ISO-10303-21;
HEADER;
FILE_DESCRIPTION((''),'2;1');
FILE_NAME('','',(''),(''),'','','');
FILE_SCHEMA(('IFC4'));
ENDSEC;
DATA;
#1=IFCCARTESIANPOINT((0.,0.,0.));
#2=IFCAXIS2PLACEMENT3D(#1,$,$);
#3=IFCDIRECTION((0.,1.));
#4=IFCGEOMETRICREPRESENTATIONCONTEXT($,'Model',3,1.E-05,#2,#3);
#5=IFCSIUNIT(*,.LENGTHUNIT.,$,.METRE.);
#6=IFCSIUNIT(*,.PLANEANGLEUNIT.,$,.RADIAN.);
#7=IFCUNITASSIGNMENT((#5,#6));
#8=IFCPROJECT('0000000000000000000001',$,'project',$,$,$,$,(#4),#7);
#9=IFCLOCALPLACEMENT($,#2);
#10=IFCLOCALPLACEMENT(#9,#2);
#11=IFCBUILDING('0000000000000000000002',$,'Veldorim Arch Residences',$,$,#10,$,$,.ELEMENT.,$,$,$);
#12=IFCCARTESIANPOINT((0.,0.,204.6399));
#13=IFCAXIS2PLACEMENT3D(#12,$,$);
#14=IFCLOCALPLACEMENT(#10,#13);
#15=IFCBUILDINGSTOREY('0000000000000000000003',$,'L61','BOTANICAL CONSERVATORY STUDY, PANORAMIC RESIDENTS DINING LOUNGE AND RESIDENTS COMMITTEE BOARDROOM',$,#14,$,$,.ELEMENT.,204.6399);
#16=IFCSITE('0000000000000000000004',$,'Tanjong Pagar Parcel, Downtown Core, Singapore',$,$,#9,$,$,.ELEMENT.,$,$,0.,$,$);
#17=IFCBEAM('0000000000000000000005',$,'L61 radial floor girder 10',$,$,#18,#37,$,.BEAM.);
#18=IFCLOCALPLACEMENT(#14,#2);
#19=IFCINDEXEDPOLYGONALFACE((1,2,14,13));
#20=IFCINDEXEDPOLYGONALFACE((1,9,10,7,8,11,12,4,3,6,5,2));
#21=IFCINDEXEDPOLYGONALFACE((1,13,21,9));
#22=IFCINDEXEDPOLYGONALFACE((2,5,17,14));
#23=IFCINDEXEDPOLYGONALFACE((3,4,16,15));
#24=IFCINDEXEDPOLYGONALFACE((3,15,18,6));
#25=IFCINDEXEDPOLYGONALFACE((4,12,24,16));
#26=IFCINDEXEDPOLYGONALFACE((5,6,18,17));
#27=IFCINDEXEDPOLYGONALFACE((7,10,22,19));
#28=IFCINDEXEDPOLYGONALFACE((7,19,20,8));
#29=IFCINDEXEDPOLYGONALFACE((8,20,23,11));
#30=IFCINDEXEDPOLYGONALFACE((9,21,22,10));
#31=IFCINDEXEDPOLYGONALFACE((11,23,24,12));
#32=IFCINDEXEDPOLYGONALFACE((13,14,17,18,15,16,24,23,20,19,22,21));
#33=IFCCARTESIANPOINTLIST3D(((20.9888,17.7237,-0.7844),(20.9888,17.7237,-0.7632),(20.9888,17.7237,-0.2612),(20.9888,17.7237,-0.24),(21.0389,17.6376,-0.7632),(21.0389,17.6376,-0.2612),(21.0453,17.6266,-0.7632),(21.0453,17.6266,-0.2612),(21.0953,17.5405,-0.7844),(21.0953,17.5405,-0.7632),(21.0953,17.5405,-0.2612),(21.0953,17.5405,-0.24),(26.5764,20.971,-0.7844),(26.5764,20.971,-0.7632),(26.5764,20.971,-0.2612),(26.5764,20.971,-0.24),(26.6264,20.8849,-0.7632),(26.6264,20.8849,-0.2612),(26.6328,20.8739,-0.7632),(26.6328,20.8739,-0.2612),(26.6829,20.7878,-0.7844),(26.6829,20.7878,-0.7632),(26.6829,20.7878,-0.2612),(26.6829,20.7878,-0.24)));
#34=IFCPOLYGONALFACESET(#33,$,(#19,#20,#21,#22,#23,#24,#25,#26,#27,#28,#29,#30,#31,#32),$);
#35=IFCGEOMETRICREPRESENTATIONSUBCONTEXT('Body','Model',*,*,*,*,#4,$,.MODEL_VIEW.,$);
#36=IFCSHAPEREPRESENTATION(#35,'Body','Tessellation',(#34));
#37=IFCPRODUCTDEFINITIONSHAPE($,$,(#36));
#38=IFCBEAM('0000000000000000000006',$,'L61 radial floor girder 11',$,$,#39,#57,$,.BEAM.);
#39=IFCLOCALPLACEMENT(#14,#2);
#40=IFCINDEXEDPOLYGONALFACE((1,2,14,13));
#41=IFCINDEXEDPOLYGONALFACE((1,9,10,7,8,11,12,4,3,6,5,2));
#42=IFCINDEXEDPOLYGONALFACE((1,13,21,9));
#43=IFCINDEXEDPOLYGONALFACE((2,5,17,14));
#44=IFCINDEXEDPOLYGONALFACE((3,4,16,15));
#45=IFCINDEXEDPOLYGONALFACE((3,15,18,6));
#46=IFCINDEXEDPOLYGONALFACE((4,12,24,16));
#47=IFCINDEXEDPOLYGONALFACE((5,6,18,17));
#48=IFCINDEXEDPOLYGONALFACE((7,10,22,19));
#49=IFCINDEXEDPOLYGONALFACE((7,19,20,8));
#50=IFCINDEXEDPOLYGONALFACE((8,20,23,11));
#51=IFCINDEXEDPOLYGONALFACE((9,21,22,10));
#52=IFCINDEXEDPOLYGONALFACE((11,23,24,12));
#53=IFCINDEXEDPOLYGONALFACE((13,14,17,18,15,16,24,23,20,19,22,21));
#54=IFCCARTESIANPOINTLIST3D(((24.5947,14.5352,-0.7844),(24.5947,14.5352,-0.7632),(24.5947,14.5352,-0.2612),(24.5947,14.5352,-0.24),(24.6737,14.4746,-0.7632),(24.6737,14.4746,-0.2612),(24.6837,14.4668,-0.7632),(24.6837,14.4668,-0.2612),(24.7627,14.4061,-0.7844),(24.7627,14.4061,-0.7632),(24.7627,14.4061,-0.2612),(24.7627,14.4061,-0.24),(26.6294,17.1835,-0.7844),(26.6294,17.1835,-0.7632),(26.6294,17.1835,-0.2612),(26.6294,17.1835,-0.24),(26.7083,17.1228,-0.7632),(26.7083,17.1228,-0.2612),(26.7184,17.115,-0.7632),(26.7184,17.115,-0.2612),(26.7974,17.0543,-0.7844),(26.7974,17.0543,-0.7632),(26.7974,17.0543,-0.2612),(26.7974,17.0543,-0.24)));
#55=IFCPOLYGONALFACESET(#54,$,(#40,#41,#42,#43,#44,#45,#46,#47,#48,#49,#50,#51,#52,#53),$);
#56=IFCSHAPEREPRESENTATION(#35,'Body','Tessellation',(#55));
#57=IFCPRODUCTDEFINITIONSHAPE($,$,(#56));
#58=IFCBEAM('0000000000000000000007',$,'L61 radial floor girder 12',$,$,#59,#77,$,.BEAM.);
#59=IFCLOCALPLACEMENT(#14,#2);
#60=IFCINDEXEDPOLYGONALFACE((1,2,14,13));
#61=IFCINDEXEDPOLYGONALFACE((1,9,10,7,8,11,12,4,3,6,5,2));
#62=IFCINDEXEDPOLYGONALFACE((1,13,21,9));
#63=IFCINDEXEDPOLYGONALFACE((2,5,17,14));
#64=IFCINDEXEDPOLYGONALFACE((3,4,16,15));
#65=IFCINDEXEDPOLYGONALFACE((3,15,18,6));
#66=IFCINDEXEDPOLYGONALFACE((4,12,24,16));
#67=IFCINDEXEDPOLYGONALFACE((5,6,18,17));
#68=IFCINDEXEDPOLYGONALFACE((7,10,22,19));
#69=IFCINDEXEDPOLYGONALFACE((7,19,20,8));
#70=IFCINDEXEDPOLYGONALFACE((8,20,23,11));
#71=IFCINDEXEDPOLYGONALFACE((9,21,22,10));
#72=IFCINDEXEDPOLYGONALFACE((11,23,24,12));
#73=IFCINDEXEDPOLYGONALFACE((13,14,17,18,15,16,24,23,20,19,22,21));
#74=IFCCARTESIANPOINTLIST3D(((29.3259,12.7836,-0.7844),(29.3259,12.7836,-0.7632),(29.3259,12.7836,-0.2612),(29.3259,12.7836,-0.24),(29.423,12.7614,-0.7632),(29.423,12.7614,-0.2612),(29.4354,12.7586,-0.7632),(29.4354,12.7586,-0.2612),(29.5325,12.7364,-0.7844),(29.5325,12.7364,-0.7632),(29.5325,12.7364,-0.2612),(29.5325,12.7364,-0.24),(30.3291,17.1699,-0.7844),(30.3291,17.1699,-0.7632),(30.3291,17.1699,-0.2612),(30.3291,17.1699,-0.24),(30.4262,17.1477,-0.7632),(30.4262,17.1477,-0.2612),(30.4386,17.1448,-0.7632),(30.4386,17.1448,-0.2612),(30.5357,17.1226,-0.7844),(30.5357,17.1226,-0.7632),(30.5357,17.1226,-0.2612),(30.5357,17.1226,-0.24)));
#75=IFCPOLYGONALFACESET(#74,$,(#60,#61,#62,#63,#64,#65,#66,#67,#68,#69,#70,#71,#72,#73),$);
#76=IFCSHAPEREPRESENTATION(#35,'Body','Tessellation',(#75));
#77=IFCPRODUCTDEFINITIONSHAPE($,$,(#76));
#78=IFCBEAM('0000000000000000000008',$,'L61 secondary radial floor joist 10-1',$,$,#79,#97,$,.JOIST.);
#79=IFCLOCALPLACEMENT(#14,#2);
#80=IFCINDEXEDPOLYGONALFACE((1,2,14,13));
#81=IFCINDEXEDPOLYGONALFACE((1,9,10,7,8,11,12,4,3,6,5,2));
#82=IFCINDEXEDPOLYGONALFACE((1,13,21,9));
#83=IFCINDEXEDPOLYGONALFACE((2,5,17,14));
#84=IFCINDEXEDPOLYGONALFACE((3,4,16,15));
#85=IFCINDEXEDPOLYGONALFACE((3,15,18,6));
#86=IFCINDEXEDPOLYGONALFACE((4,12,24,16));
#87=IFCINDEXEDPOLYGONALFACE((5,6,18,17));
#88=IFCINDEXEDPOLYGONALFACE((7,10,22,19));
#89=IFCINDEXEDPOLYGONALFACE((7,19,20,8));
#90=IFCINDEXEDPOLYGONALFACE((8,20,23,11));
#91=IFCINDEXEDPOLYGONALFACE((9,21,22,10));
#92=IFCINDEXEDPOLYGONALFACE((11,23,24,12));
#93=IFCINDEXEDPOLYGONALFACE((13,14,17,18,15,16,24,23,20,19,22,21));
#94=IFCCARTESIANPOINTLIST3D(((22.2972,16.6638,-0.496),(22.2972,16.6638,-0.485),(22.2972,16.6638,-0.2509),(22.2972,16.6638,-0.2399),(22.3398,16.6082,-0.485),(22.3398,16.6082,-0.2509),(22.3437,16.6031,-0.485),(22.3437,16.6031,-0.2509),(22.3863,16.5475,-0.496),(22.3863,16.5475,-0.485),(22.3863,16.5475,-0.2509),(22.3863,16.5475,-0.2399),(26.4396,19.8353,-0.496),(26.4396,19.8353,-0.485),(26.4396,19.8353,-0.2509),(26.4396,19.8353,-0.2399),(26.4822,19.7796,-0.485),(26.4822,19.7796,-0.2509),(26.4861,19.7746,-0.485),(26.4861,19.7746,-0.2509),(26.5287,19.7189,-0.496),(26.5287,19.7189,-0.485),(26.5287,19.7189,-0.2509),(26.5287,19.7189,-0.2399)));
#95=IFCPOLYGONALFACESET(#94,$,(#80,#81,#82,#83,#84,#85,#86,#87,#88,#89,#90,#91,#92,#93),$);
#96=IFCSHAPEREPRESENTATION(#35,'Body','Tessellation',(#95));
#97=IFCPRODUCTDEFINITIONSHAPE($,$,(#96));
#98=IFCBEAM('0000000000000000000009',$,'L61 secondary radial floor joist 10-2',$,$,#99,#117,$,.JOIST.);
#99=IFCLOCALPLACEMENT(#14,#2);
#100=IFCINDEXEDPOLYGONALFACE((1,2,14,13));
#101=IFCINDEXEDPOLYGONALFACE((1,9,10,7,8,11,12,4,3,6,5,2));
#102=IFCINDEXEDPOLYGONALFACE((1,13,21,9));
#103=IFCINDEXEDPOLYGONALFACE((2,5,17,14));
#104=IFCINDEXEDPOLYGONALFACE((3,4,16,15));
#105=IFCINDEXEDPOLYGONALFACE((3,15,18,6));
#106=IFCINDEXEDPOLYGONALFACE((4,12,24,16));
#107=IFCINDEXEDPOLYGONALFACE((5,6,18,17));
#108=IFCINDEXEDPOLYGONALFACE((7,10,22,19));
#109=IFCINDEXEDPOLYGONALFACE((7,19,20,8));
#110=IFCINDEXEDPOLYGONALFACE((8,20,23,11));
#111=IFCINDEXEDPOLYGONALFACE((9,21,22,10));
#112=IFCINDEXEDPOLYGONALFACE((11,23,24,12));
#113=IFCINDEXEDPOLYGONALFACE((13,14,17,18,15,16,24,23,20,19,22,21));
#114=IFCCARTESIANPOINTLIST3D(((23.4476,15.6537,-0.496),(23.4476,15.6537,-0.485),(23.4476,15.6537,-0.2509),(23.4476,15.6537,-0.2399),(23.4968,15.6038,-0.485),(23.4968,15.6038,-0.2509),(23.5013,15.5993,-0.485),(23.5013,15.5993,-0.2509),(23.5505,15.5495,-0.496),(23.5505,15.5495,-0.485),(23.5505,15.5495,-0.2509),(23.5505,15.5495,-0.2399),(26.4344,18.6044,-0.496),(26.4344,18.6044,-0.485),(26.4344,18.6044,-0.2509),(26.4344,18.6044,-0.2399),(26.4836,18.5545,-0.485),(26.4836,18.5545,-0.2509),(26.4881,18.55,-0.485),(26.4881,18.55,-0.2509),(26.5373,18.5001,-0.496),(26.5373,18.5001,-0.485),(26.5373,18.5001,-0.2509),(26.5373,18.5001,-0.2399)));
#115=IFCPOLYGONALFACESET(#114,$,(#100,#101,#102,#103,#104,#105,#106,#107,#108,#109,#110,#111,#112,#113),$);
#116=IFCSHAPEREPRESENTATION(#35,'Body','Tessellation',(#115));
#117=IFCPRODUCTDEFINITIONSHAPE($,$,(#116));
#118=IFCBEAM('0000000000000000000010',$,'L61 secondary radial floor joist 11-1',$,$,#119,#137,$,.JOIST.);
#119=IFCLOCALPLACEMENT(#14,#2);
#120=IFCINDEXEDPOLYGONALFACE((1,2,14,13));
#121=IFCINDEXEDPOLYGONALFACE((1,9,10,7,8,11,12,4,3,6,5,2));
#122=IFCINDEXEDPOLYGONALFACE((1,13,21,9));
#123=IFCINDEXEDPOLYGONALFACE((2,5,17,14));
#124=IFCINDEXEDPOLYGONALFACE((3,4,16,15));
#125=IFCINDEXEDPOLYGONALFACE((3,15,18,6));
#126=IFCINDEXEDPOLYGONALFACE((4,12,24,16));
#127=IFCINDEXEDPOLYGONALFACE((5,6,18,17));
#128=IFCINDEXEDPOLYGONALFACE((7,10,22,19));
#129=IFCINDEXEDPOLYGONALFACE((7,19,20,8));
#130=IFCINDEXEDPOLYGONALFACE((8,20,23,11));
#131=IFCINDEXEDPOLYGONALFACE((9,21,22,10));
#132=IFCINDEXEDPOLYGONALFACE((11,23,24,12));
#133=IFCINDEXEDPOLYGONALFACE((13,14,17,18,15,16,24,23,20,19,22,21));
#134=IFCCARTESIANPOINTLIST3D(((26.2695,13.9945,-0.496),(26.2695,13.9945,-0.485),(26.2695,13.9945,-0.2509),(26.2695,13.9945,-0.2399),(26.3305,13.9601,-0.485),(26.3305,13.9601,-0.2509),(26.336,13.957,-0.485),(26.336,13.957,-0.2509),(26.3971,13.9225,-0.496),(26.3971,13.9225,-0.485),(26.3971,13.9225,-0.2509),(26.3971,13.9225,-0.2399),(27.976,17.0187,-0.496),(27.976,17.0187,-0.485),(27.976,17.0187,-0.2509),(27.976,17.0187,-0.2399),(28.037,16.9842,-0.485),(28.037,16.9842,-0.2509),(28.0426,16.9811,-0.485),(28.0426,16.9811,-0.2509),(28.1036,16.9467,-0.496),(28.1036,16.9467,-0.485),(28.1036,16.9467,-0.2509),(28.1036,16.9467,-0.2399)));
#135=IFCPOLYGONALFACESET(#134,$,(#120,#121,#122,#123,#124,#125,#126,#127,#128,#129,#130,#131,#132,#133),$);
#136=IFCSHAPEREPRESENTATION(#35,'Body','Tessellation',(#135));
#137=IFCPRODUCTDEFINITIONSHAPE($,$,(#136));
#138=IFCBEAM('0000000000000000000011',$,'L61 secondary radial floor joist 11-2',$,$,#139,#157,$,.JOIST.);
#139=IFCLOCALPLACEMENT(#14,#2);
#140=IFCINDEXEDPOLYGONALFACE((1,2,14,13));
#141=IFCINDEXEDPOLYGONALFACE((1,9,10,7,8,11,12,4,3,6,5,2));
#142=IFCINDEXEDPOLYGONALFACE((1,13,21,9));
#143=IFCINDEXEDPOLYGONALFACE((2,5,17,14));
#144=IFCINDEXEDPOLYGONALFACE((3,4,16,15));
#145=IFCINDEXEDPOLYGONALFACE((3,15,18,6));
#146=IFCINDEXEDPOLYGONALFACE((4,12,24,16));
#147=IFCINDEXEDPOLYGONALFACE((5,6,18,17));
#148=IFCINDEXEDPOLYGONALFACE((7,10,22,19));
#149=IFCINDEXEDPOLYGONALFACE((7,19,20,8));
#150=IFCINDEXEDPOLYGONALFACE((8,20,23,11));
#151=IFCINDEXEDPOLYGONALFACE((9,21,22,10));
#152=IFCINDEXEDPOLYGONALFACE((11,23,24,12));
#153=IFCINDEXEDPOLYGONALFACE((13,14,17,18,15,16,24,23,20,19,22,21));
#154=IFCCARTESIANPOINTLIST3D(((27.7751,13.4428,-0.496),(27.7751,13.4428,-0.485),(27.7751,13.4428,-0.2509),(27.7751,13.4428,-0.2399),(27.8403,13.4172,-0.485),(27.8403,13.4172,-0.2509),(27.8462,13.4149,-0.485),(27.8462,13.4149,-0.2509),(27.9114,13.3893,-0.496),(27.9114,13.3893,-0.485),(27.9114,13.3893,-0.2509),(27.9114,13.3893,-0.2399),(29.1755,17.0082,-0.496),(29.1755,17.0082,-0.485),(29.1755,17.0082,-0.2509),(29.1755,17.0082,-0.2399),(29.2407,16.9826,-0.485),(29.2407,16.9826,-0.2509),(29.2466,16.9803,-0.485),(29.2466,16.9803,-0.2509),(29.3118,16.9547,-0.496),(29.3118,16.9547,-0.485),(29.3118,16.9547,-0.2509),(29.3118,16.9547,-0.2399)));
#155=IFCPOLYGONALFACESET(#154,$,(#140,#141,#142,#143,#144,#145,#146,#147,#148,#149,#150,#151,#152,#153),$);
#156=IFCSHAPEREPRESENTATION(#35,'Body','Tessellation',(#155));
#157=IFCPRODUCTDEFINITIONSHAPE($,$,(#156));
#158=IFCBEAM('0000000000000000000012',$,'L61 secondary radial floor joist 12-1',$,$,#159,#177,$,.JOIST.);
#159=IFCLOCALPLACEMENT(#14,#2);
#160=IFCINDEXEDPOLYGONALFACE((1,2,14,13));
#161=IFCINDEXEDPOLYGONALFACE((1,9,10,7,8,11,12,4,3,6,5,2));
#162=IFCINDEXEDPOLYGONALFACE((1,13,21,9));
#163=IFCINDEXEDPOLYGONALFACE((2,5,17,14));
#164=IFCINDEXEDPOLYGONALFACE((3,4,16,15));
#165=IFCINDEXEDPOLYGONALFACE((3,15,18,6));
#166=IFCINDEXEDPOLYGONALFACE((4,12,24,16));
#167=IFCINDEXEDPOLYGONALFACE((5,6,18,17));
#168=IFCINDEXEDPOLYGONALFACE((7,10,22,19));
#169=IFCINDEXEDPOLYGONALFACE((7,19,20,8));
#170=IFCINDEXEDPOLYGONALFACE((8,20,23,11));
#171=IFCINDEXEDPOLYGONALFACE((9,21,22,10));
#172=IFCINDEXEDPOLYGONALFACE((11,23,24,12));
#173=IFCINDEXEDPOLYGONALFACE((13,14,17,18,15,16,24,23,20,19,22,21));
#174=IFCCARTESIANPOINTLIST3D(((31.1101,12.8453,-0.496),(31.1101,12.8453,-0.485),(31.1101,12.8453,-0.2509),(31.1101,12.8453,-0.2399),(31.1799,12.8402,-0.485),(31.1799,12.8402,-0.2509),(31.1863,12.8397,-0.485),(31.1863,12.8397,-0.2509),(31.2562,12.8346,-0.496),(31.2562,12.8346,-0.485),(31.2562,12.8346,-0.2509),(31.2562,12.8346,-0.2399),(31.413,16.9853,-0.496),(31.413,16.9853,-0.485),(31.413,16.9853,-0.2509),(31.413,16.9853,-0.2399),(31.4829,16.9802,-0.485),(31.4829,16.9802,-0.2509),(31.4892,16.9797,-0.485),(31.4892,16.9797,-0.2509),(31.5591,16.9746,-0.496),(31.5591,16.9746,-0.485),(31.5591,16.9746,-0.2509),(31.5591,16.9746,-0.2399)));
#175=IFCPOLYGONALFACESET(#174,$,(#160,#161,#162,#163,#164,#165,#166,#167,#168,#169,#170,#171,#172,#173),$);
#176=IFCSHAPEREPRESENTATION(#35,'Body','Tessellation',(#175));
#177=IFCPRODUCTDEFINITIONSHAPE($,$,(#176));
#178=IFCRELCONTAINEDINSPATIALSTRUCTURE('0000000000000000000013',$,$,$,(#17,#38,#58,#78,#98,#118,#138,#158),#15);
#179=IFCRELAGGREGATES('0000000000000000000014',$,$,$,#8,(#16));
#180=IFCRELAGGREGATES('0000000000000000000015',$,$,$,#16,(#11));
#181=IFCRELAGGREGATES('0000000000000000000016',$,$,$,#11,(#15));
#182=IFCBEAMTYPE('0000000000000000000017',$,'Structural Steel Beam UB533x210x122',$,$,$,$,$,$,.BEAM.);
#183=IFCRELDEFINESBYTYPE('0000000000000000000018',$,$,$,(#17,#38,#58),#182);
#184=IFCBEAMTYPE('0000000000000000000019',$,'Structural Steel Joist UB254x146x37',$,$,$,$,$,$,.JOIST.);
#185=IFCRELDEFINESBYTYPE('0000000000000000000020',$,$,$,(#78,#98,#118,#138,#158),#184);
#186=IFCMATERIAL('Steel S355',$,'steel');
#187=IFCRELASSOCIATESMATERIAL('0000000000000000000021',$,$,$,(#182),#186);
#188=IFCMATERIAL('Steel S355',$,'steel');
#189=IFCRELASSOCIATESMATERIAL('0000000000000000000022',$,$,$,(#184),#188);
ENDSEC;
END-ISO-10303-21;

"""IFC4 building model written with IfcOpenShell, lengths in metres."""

from ifc_helpers import new_model, si_unit, direction, frame, origin, origin_2d, place, context, subcontext, project, spatial, i_section, extrude, material, material_profile, profile_set, type_object, element, save


model = new_model("IFC4")

# Units and contexts
model_context = context("Model", 3, precision=1e-05, world=origin(), true_north=direction((0.0, 1.0)))
body_context = subcontext(model_context, "Body", "Model", "MODEL_VIEW")
ifc_project = project(units=[si_unit("LENGTHUNIT", "METRE"), si_unit("PLANEANGLEUNIT", "RADIAN")], contexts=[model_context])

# Site, building, storey
site_placement = place(None, origin())
site = spatial("IfcSite", under=ifc_project, at=site_placement, Name="Tanjong Pagar Parcel, Downtown Core, Singapore", CompositionType="ELEMENT", RefElevation=0.0)
building_placement = place(site_placement, origin())
building = spatial("IfcBuilding", under=site, at=building_placement, Name="Veldorim Arch Residences", CompositionType="ELEMENT")
storey_placement = place(building_placement, frame((0.0, 0.0, 204.6399)))
storey = spatial("IfcBuildingStorey", under=building, at=storey_placement, Name="L61", Description="BOTANICAL CONSERVATORY STUDY, PANORAMIC RESIDENTS DINING LOUNGE AND RESIDENTS COMMITTEE BOARDROOM", CompositionType="ELEMENT", Elevation=204.6399)

# Beams
ifc_material_1 = material(Name="Steel S355", Category="steel")
ifc_material_profile_1 = material_profile(ifc_material_1, i_section(OverallWidth=0.2119, OverallDepth=0.5444, WebThickness=0.0127, FlangeThickness=0.0212, at=origin_2d()), Name="UB533x210x122")
ifc_profile_set_1 = profile_set([ifc_material_profile_1], Name="Steel S355")
beam_type_1 = type_object("IfcBeamType", Name="Structural Steel Beam UB533x210x122", PredefinedType="BEAM", material=ifc_profile_set_1)
beam_1_placement = place(storey_placement, frame((26.6296, 20.8794, -0.5122), z_axis=(-0.864596, -0.502468, 0.0), x_axis=(0.502468, -0.864596, 0.0)))
element("IfcBeam", 1, at=beam_1_placement, inside=storey, type_object=beam_type_1, Name="L61 radial floor girder 10", PredefinedType="BEAM", context=body_context, shape_type="SweptSolid", body=[
    extrude(i_section(OverallWidth=0.2119, OverallDepth=0.5444, WebThickness=0.0127, FlangeThickness=0.0212, at=origin_2d()), origin(), (0.0, 0.0, 1.0), 6.4626),
])
beam_2_placement = place(storey_placement, frame((26.7134, 17.1189, -0.5122), z_axis=(-0.609258, -0.792972, 0.0), x_axis=(0.792972, -0.609258, 0.0)))
element("IfcBeam", 2, at=beam_2_placement, inside=storey, type_object=beam_type_1, Name="L61 radial floor girder 11", PredefinedType="BEAM", context=body_context, shape_type="SweptSolid", body=[
    extrude(i_section(OverallWidth=0.2119, OverallDepth=0.5444, WebThickness=0.0127, FlangeThickness=0.0212, at=origin_2d()), origin(), (0.0, 0.0, 1.0), 3.3396),
])
beam_3_placement = place(storey_placement, frame((30.4324, 17.1462, -0.5122), z_axis=(-0.222953, -0.974829, 0.0), x_axis=(0.974829, -0.222953, 0.0)))
element("IfcBeam", 3, at=beam_3_placement, inside=storey, type_object=beam_type_1, Name="L61 radial floor girder 12", PredefinedType="BEAM", context=body_context, shape_type="SweptSolid", body=[
    extrude(i_section(OverallWidth=0.2119, OverallDepth=0.5444, WebThickness=0.0127, FlangeThickness=0.0212, at=origin_2d()), origin(), (0.0, 0.0, 1.0), 4.4995),
])
ifc_material_2 = material(Name="Steel S355", Category="steel")
ifc_material_profile_2 = material_profile(ifc_material_2, i_section(OverallWidth=0.1465, OverallDepth=0.2561, WebThickness=0.0063, FlangeThickness=0.011, at=origin_2d()), Name="UB254x146x37")
ifc_profile_set_2 = profile_set([ifc_material_profile_2], Name="Steel S355")
beam_type_2 = type_object("IfcBeamType", Name="Structural Steel Joist UB254x146x37", PredefinedType="JOIST", material=ifc_profile_set_2)
beam_4_placement = place(storey_placement, frame((26.4841, 19.7771, -0.3679), z_axis=(-0.794014, -0.6079, 0.0), x_axis=(0.6079, -0.794014, 0.0)))
element("IfcBeam", 4, at=beam_4_placement, inside=storey, type_object=beam_type_2, Name="L61 secondary radial floor joist 10-1", PredefinedType="JOIST", context=body_context, shape_type="SweptSolid", body=[
    extrude(i_section(OverallWidth=0.1465, OverallDepth=0.2561, WebThickness=0.0063, FlangeThickness=0.011, at=origin_2d()), origin(), (0.0, 0.0, 1.0), 5.217),
])
beam_5_placement = place(storey_placement, frame((26.4858, 18.5522, -0.3679), z_axis=(-0.711397, -0.702791, 0.0), x_axis=(0.702791, -0.711397, 0.0)))
element("IfcBeam", 5, at=beam_5_placement, inside=storey, type_object=beam_type_2, Name="L61 secondary radial floor joist 10-2", PredefinedType="JOIST", context=body_context, shape_type="SweptSolid", body=[
    extrude(i_section(OverallWidth=0.1465, OverallDepth=0.2561, WebThickness=0.0063, FlangeThickness=0.011, at=origin_2d()), origin(), (0.0, 0.0, 1.0), 4.1985),
])
beam_6_placement = place(storey_placement, frame((28.0398, 16.9827, -0.3679), z_axis=(-0.491452, -0.870904, 0.0), x_axis=(0.870904, -0.491452, 0.0)))
element("IfcBeam", 6, at=beam_6_placement, inside=storey, type_object=beam_type_2, Name="L61 secondary radial floor joist 11-1", PredefinedType="JOIST", context=body_context, shape_type="SweptSolid", body=[
    extrude(i_section(OverallWidth=0.1465, OverallDepth=0.2561, WebThickness=0.0063, FlangeThickness=0.011, at=origin_2d()), origin(), (0.0, 0.0, 1.0), 3.4724),
])
beam_7_placement = place(storey_placement, frame((29.2437, 16.9814, -0.3679), z_axis=(-0.365581, -0.930779, 0.0), x_axis=(0.930779, -0.365581, 0.0)))
element("IfcBeam", 7, at=beam_7_placement, inside=storey, type_object=beam_type_2, Name="L61 secondary radial floor joist 11-2", PredefinedType="JOIST", context=body_context, shape_type="SweptSolid", body=[
    extrude(i_section(OverallWidth=0.1465, OverallDepth=0.2561, WebThickness=0.0063, FlangeThickness=0.011, at=origin_2d()), origin(), (0.0, 0.0, 1.0), 3.8306),
])
beam_8_placement = place(storey_placement, frame((31.4861, 16.98, -0.3679), z_axis=(-0.072986, -0.997333, 0.0), x_axis=(0.997333, -0.072986, 0.0)))
element("IfcBeam", 8, at=beam_8_placement, inside=storey, type_object=beam_type_2, Name="L61 secondary radial floor joist 12-1", PredefinedType="JOIST", context=body_context, shape_type="SweptSolid", body=[
    extrude(i_section(OverallWidth=0.1465, OverallDepth=0.2561, WebThickness=0.0063, FlangeThickness=0.011, at=origin_2d()), origin(), (0.0, 0.0, 1.0), 4.1511),
])

save(model, "model.ifc")
